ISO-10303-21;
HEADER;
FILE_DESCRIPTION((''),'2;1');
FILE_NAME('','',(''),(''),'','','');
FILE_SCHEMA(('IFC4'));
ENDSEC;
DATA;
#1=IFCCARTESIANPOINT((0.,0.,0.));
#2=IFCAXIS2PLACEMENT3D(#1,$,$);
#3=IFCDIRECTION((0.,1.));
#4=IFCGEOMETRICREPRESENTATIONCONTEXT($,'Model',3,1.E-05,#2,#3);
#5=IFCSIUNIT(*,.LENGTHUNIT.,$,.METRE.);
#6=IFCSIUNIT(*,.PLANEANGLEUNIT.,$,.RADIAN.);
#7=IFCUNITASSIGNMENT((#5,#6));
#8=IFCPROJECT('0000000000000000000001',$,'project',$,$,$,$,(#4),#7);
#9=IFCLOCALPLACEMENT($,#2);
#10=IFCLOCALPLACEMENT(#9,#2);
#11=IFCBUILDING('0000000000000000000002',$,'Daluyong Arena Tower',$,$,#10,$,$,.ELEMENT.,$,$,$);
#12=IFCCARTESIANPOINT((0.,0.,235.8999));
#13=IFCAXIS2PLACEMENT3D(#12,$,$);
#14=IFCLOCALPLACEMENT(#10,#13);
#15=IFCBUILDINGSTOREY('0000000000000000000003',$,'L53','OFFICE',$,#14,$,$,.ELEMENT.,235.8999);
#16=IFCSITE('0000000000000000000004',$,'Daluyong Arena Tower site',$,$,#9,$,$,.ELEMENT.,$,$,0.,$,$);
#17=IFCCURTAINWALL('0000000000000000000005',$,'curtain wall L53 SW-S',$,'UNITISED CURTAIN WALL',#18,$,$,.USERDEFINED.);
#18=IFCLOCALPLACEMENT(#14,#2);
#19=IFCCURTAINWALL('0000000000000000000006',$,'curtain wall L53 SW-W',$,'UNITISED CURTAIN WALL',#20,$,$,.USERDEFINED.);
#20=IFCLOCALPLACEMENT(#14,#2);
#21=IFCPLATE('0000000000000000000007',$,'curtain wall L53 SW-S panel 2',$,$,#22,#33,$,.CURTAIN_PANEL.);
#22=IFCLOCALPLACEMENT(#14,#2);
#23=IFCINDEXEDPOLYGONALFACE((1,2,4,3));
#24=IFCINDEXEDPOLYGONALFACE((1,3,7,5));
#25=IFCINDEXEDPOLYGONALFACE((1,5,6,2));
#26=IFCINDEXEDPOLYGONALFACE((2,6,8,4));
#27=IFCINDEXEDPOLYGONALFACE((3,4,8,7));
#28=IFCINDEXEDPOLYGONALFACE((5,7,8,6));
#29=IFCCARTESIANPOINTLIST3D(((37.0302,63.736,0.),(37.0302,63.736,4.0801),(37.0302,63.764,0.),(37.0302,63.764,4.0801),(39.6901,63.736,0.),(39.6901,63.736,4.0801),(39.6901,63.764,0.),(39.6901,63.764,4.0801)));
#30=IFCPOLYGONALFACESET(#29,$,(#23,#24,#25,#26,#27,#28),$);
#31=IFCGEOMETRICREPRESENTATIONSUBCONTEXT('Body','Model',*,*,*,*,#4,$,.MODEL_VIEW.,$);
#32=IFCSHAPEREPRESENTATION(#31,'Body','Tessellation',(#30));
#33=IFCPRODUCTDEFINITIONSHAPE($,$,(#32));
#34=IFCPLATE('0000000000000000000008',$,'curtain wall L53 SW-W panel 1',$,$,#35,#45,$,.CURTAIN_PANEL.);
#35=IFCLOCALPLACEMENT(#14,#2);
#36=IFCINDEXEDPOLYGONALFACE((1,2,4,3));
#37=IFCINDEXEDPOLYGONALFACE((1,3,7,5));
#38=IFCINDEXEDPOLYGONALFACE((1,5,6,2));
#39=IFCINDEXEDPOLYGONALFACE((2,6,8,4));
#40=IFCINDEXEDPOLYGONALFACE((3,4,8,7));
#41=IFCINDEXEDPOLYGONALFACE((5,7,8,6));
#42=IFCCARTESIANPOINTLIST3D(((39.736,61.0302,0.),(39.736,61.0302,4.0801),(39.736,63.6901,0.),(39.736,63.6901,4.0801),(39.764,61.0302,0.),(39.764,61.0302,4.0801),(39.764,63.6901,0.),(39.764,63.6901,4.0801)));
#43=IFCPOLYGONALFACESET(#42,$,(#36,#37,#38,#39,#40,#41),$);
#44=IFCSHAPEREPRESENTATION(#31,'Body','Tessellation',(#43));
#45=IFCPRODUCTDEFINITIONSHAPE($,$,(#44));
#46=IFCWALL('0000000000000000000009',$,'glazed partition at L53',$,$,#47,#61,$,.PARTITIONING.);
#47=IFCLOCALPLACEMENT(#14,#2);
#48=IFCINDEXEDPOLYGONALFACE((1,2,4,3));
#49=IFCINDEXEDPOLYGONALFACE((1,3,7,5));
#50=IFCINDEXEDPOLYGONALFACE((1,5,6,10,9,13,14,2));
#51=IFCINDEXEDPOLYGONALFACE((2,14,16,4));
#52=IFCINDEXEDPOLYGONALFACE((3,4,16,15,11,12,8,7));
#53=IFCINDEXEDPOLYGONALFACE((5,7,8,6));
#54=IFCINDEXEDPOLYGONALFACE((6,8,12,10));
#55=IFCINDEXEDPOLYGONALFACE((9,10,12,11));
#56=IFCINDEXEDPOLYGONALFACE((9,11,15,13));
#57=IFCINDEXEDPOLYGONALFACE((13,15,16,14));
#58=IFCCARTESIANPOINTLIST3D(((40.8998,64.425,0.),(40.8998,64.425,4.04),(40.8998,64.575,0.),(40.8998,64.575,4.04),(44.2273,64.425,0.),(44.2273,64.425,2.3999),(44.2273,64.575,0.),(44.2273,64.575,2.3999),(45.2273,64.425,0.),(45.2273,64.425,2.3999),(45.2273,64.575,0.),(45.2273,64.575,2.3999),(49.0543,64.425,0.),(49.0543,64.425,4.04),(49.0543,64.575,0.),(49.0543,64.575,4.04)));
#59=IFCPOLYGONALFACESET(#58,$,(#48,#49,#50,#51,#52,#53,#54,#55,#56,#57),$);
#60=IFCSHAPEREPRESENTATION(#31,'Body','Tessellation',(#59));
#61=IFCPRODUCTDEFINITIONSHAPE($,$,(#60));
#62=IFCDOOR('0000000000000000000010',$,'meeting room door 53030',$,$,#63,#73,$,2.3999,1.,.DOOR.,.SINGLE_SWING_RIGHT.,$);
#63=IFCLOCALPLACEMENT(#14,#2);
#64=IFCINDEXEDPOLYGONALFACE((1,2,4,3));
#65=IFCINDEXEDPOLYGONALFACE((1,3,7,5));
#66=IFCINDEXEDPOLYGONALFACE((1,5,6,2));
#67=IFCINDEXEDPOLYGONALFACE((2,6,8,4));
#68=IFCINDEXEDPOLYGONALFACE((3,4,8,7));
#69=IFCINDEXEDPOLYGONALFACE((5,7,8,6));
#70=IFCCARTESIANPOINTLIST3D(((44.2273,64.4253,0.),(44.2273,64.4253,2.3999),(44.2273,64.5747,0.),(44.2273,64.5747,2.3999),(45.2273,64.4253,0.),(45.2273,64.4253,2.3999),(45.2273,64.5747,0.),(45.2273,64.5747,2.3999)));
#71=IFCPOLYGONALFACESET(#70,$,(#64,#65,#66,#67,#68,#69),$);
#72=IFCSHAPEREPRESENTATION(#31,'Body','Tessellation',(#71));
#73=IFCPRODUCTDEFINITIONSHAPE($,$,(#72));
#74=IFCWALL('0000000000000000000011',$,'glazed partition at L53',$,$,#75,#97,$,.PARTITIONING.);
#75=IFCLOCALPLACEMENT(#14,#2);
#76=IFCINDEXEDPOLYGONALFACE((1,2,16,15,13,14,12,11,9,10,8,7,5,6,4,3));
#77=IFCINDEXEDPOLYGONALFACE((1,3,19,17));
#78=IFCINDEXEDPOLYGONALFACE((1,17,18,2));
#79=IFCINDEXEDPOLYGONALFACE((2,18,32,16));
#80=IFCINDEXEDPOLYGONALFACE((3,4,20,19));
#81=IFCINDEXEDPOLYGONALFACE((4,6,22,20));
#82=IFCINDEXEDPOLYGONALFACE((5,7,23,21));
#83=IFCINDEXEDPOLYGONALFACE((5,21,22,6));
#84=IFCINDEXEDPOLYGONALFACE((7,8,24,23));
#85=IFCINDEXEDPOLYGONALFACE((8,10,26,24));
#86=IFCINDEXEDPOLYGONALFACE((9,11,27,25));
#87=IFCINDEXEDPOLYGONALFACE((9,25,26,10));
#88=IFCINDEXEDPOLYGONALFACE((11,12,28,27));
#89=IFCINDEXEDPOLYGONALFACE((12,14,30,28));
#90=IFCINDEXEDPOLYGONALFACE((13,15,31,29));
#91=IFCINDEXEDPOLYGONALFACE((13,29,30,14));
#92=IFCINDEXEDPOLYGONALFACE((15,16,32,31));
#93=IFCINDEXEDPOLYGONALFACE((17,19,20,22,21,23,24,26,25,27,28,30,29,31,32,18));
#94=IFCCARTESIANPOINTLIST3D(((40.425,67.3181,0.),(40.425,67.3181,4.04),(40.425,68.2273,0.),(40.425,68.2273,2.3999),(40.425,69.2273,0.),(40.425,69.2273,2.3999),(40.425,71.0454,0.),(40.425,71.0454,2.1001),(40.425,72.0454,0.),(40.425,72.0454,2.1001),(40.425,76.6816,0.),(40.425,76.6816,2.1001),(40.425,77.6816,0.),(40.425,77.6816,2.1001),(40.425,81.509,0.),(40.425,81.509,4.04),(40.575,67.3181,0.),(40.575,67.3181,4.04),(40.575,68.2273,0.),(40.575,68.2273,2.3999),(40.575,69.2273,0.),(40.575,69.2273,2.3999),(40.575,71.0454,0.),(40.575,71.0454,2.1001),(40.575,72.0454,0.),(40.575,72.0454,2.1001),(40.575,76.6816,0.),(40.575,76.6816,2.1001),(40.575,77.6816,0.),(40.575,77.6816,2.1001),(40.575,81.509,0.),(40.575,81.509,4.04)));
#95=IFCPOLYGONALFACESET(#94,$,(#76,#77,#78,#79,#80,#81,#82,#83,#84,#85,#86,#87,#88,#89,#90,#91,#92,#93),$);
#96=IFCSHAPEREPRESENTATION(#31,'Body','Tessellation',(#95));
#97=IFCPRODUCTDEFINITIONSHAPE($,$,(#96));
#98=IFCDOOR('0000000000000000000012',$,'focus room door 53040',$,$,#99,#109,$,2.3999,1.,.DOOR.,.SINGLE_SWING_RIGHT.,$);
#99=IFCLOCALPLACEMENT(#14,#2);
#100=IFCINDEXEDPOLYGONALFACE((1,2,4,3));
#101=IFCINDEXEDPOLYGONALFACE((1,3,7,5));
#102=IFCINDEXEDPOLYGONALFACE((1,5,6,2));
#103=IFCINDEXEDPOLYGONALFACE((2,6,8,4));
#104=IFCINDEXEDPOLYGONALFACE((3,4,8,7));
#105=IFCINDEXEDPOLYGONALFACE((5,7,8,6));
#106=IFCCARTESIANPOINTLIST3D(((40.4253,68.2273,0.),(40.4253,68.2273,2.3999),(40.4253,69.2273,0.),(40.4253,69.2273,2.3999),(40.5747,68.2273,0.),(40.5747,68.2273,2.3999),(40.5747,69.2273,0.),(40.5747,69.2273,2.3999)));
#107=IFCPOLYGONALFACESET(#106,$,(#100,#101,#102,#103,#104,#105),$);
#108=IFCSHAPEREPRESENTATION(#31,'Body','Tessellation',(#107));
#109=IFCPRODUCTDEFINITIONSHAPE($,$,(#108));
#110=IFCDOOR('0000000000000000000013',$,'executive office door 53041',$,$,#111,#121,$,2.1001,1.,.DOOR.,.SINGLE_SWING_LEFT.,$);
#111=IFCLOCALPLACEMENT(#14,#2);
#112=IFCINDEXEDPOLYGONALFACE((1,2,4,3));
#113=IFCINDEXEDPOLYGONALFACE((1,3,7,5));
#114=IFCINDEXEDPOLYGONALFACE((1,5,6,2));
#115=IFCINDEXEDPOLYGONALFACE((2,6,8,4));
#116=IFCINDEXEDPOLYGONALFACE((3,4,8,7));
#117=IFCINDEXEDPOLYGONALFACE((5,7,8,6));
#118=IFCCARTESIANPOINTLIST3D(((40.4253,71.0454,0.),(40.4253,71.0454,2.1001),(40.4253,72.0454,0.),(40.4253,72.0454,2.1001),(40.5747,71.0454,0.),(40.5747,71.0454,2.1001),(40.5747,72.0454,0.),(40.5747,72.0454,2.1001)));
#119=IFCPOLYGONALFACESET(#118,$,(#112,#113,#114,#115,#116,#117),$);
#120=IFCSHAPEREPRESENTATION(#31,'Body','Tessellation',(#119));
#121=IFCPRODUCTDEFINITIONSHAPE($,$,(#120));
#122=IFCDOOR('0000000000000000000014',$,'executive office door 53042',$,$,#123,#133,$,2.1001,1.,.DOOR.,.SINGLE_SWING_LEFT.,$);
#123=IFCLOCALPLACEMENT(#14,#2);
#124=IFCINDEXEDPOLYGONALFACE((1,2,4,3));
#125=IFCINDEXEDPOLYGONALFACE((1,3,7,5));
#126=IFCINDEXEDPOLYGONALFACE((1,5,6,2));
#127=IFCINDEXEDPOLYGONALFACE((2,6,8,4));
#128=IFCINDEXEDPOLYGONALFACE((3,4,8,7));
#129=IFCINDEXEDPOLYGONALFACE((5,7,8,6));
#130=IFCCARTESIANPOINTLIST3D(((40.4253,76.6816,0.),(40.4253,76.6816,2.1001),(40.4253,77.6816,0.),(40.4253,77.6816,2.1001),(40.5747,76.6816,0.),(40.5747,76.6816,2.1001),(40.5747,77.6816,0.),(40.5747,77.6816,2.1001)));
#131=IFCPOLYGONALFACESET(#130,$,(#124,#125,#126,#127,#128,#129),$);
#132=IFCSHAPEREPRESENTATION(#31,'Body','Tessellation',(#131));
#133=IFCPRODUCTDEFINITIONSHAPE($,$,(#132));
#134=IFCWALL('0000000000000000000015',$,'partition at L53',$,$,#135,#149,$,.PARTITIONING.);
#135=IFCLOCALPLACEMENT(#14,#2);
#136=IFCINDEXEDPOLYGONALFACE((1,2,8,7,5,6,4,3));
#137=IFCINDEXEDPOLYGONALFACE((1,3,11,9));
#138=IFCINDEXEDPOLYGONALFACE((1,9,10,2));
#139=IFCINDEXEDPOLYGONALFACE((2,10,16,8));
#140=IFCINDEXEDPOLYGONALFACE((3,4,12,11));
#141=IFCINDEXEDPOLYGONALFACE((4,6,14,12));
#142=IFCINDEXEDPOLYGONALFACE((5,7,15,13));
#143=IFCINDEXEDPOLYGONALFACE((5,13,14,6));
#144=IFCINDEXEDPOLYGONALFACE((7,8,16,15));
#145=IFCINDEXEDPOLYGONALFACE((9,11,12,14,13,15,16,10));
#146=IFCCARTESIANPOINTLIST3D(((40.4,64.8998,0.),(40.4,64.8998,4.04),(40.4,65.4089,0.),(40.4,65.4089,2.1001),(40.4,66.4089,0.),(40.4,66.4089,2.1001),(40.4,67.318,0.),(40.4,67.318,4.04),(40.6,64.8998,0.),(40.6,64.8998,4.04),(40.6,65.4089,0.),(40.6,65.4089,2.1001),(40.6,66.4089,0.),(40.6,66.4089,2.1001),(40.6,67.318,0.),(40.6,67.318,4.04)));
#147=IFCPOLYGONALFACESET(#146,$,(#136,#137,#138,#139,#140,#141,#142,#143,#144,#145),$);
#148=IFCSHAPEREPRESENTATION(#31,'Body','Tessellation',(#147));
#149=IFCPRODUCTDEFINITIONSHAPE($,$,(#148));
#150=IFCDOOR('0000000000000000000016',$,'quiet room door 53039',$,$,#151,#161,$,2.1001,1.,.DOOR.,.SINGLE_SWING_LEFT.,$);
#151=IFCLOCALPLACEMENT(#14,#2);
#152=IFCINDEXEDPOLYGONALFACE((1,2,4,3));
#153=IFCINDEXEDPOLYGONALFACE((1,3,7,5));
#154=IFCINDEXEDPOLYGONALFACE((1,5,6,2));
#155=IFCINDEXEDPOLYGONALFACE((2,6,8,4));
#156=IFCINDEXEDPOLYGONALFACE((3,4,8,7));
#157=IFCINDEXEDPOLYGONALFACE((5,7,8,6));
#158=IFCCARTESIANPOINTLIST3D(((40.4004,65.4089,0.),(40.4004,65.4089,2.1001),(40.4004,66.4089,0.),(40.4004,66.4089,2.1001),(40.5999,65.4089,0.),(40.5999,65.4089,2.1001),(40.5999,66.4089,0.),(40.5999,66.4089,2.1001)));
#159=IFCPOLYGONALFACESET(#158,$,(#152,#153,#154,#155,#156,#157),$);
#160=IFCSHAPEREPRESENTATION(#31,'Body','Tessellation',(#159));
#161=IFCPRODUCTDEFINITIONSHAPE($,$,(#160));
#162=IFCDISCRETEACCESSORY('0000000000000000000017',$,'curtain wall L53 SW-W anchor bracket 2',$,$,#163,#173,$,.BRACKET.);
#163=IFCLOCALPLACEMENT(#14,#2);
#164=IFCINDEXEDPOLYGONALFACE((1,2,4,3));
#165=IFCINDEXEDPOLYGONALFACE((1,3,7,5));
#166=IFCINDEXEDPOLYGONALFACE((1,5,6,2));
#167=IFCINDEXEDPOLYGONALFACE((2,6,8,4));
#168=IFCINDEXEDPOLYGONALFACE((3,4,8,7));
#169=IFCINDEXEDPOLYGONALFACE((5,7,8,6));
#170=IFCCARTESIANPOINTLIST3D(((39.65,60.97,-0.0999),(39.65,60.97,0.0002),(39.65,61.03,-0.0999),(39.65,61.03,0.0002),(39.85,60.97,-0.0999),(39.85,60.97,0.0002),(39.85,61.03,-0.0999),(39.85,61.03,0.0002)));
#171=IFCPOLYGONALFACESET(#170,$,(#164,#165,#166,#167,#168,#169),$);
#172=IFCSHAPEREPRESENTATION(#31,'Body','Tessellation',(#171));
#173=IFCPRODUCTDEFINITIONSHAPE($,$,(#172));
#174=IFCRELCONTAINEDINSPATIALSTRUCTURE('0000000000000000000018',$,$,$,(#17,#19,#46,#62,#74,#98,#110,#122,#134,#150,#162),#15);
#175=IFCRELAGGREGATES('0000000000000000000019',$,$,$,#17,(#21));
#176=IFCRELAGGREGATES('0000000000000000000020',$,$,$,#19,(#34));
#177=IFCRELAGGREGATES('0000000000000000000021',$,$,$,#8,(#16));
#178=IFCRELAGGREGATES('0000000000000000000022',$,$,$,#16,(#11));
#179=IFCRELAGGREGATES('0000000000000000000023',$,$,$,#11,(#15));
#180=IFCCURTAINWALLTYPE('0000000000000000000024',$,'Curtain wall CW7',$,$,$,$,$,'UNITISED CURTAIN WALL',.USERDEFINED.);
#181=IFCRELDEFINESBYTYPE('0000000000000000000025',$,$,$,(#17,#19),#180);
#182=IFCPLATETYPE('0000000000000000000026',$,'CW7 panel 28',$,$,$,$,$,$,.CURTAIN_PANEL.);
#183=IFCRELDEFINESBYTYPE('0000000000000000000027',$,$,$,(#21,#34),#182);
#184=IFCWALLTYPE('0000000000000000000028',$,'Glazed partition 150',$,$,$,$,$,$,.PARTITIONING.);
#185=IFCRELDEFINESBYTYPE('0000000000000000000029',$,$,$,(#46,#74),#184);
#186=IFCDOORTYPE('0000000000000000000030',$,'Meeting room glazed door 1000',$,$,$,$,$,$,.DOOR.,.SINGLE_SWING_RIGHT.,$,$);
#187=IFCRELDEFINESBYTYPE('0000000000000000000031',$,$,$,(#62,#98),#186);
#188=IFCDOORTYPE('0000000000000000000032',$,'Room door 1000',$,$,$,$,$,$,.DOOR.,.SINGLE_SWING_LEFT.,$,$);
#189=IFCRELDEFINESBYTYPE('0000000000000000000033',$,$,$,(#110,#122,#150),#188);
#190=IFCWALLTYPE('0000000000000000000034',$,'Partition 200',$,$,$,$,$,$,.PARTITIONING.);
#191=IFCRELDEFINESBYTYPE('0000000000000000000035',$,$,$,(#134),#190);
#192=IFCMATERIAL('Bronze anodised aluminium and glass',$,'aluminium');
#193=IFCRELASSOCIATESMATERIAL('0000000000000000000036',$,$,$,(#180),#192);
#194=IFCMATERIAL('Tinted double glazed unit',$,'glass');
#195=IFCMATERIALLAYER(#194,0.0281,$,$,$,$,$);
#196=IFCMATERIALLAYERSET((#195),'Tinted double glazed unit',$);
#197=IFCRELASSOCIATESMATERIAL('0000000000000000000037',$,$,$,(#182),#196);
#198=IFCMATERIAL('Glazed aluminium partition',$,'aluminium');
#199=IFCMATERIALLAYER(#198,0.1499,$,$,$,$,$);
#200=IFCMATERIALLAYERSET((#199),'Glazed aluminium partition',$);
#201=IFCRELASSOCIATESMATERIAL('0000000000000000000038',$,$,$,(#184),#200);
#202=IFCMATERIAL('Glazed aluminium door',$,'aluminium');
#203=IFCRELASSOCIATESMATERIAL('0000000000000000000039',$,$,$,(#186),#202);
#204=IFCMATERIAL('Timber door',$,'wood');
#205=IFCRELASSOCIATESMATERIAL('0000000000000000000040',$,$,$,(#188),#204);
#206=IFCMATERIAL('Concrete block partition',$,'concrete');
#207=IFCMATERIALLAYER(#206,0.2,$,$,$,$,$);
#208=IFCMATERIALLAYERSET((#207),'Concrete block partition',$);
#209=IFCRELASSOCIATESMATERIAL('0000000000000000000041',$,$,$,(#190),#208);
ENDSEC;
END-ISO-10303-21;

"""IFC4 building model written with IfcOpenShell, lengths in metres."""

from ifc_helpers import new_model, si_unit, direction, frame, frame_2d, origin, origin_2d, place, context, subcontext, project, spatial, rectangle, extrude, material, layer, layer_set, type_object, element, fill, aggregate, save


model = new_model("IFC4")

# Units and contexts
model_context = context("Model", 3, precision=1e-05, world=origin(), true_north=direction((0.0, 1.0)))
body_context = subcontext(model_context, "Body", "Model", "MODEL_VIEW")
ifc_project = project(units=[si_unit("LENGTHUNIT", "METRE"), si_unit("PLANEANGLEUNIT", "RADIAN")], contexts=[model_context])

# Site, building, storey
site_placement = place(None, origin())
site = spatial("IfcSite", under=ifc_project, at=site_placement, Name="Daluyong Arena Tower site", CompositionType="ELEMENT", RefElevation=0.0)
building_placement = place(site_placement, origin())
building = spatial("IfcBuilding", under=site, at=building_placement, Name="Daluyong Arena Tower", CompositionType="ELEMENT")
storey_placement = place(building_placement, frame((0.0, 0.0, 235.8999)))
storey = spatial("IfcBuildingStorey", under=building, at=storey_placement, Name="L53", Description="OFFICE", CompositionType="ELEMENT", Elevation=235.8999)

# Curtain walls
ifc_material_1 = material(Name="Bronze anodised aluminium and glass", Category="aluminium")
curtain_wall_type = type_object("IfcCurtainWallType", Name="Curtain wall CW7", ElementType="UNITISED CURTAIN WALL", PredefinedType="USERDEFINED", material=ifc_material_1)
curtain_wall_1_placement = place(storey_placement, origin())
curtain_wall_1 = element("IfcCurtainWall", 1, at=curtain_wall_1_placement, inside=storey, type_object=curtain_wall_type, Name="curtain wall L53 SW-S", ObjectType="UNITISED CURTAIN WALL", PredefinedType="USERDEFINED")
curtain_wall_2_placement = place(storey_placement, origin())
curtain_wall_2 = element("IfcCurtainWall", 2, at=curtain_wall_2_placement, inside=storey, type_object=curtain_wall_type, Name="curtain wall L53 SW-W", ObjectType="UNITISED CURTAIN WALL", PredefinedType="USERDEFINED")

# Plates
ifc_material_2 = material(Name="Tinted double glazed unit", Category="glass")
ifc_layer_1 = layer(ifc_material_2, 0.0281)
ifc_layer_set_1 = layer_set([ifc_layer_1], Name="Tinted double glazed unit")
plate_type = type_object("IfcPlateType", Name="CW7 panel 28", PredefinedType="CURTAIN_PANEL", material=ifc_layer_set_1)
plate_1_placement = place(storey_placement, frame((38.3601, 63.75, 0.0), z_axis=(0.0, 0.0, 1.0), x_axis=(1.0, 0.0, 0.0)))
plate_1 = element("IfcPlate", 3, at=plate_1_placement, type_object=plate_type, Name="curtain wall L53 SW-S panel 2", PredefinedType="CURTAIN_PANEL", context=body_context, shape_type="SweptSolid", body=[
    extrude(rectangle(XDim=2.6599, YDim=0.0281, at=origin_2d()), origin(), (0.0, 0.0, 1.0), 4.0801),
])
aggregate(curtain_wall_1, [plate_1])
plate_2_placement = place(storey_placement, frame((39.75, 62.3601, 0.0), z_axis=(0.0, 0.0, 1.0), x_axis=(0.0, -1.0, 0.0)))
plate_2 = element("IfcPlate", 4, at=plate_2_placement, type_object=plate_type, Name="curtain wall L53 SW-W panel 1", PredefinedType="CURTAIN_PANEL", context=body_context, shape_type="SweptSolid", body=[
    extrude(rectangle(XDim=2.6599, YDim=0.0281, at=origin_2d()), origin(), (0.0, 0.0, 1.0), 4.0801),
])
aggregate(curtain_wall_2, [plate_2])

# Wall, opening, door
ifc_material_3 = material(Name="Glazed aluminium partition", Category="aluminium")
ifc_layer_2 = layer(ifc_material_3, 0.1499)
ifc_layer_set_2 = layer_set([ifc_layer_2], Name="Glazed aluminium partition")
wall_type_1 = type_object("IfcWallType", Name="Glazed partition 150", PredefinedType="PARTITIONING", material=ifc_layer_set_2)
wall_1_placement = place(storey_placement, frame((40.8999, 64.5, 0.0), z_axis=(0.0, 0.0, 1.0), x_axis=(1.0, 0.0, 0.0)))
wall_1 = element("IfcWall", 5, at=wall_1_placement, inside=storey, type_object=wall_type_1, Name="glazed partition at L53", PredefinedType="PARTITIONING", context=body_context, shape_type="SweptSolid", body=[
    extrude(rectangle(XDim=8.1545, YDim=0.1499, at=frame_2d((4.0771, 0.0))), origin(), (0.0, 0.0, 1.0), 4.04),
])
opening_1_placement = place(wall_1_placement, frame((3.3274, 0.0, 0.0)))
opening_1 = element("IfcOpeningElement", 6, at=opening_1_placement, cuts=wall_1, PredefinedType="OPENING", context=body_context, shape_type="SweptSolid", body=[
    extrude(rectangle(XDim=1.0, YDim=2.3999, at=frame_2d((0.5, 1.2))), frame((0.0, 0.085, 0.0), z_axis=(0.0, -1.0, 0.0), x_axis=(1.0, 0.0, 0.0)), (0.0, 0.0, 1.0), 0.1699),
])
ifc_material_4 = material(Name="Glazed aluminium door", Category="aluminium")
door_type_1 = type_object("IfcDoorType", Name="Meeting room glazed door 1000", OperationType="SINGLE_SWING_RIGHT", PredefinedType="DOOR", material=ifc_material_4)
door_1_placement = place(opening_1_placement, origin())
door_1 = element("IfcDoor", 7, at=door_1_placement, inside=storey, type_object=door_type_1, Name="meeting room door 53030", OperationType="SINGLE_SWING_RIGHT", OverallHeight=2.3999, OverallWidth=1.0, PredefinedType="DOOR", context=body_context, shape_type="SweptSolid", body=[
    extrude(rectangle(XDim=1.0, YDim=2.3999, at=frame_2d((0.5, 1.2))), frame((0.0, 0.0747, 0.0), z_axis=(0.0, -1.0, 0.0), x_axis=(1.0, 0.0, 0.0)), (0.0, 0.0, 1.0), 0.1494),
])
fill(opening_1, door_1)

# Wall, openings, doors
wall_2_placement = place(storey_placement, frame((40.5, 67.3181, 0.0), z_axis=(0.0, 0.0, 1.0), x_axis=(0.0, 1.0, 0.0)))
wall_2 = element("IfcWall", 8, at=wall_2_placement, inside=storey, type_object=wall_type_1, Name="glazed partition at L53", PredefinedType="PARTITIONING", context=body_context, shape_type="SweptSolid", body=[
    extrude(rectangle(XDim=14.1909, YDim=0.1499, at=frame_2d((7.0955, 0.0))), origin(), (0.0, 0.0, 1.0), 4.04),
])
opening_2_placement = place(wall_2_placement, frame((0.9092, 0.0, 0.0)))
opening_2 = element("IfcOpeningElement", 9, at=opening_2_placement, cuts=wall_2, PredefinedType="OPENING", context=body_context, shape_type="SweptSolid", body=[
    extrude(rectangle(XDim=1.0, YDim=2.3999, at=frame_2d((0.5, 1.2))), frame((0.0, 0.085, 0.0), z_axis=(0.0, -1.0, 0.0), x_axis=(1.0, 0.0, 0.0)), (0.0, 0.0, 1.0), 0.1699),
])
opening_3_placement = place(wall_2_placement, frame((3.7273, 0.0, 0.0)))
opening_3 = element("IfcOpeningElement", 10, at=opening_3_placement, cuts=wall_2, PredefinedType="OPENING", context=body_context, shape_type="SweptSolid", body=[
    extrude(rectangle(XDim=1.0, YDim=2.1001, at=frame_2d((0.5, 1.05))), frame((0.0, 0.085, 0.0), z_axis=(0.0, -1.0, 0.0), x_axis=(1.0, 0.0, 0.0)), (0.0, 0.0, 1.0), 0.1699),
])
opening_4_placement = place(wall_2_placement, frame((9.3635, 0.0, 0.0)))
opening_4 = element("IfcOpeningElement", 11, at=opening_4_placement, cuts=wall_2, PredefinedType="OPENING", context=body_context, shape_type="SweptSolid", body=[
    extrude(rectangle(XDim=1.0, YDim=2.1001, at=frame_2d((0.5, 1.05))), frame((0.0, 0.085, 0.0), z_axis=(0.0, -1.0, 0.0), x_axis=(1.0, 0.0, 0.0)), (0.0, 0.0, 1.0), 0.1699),
])
door_2_placement = place(opening_2_placement, origin())
door_2 = element("IfcDoor", 12, at=door_2_placement, inside=storey, type_object=door_type_1, Name="focus room door 53040", OperationType="SINGLE_SWING_RIGHT", OverallHeight=2.3999, OverallWidth=1.0, PredefinedType="DOOR", context=body_context, shape_type="SweptSolid", body=[
    extrude(rectangle(XDim=1.0, YDim=2.3999, at=frame_2d((0.5, 1.2))), frame((0.0, 0.0747, 0.0), z_axis=(0.0, -1.0, 0.0), x_axis=(1.0, 0.0, 0.0)), (0.0, 0.0, 1.0), 0.1494),
])
fill(opening_2, door_2)
ifc_material_5 = material(Name="Timber door", Category="wood")
door_type_2 = type_object("IfcDoorType", Name="Room door 1000", OperationType="SINGLE_SWING_LEFT", PredefinedType="DOOR", material=ifc_material_5)
door_3_placement = place(opening_3_placement, origin())
door_3 = element("IfcDoor", 13, at=door_3_placement, inside=storey, type_object=door_type_2, Name="executive office door 53041", OperationType="SINGLE_SWING_LEFT", OverallHeight=2.1001, OverallWidth=1.0, PredefinedType="DOOR", context=body_context, shape_type="SweptSolid", body=[
    extrude(rectangle(XDim=1.0, YDim=2.1001, at=frame_2d((0.5, 1.05))), frame((0.0, 0.0747, 0.0), z_axis=(0.0, -1.0, 0.0), x_axis=(1.0, 0.0, 0.0)), (0.0, 0.0, 1.0), 0.1494),
])
fill(opening_3, door_3)
door_4_placement = place(opening_4_placement, origin())
door_4 = element("IfcDoor", 14, at=door_4_placement, inside=storey, type_object=door_type_2, Name="executive office door 53042", OperationType="SINGLE_SWING_LEFT", OverallHeight=2.1001, OverallWidth=1.0, PredefinedType="DOOR", context=body_context, shape_type="SweptSolid", body=[
    extrude(rectangle(XDim=1.0, YDim=2.1001, at=frame_2d((0.5, 1.05))), frame((0.0, 0.0747, 0.0), z_axis=(0.0, -1.0, 0.0), x_axis=(1.0, 0.0, 0.0)), (0.0, 0.0, 1.0), 0.1494),
])
fill(opening_4, door_4)

# Wall, opening, door
ifc_material_6 = material(Name="Concrete block partition", Category="concrete")
ifc_layer_3 = layer(ifc_material_6, 0.2)
ifc_layer_set_3 = layer_set([ifc_layer_3], Name="Concrete block partition")
wall_type_2 = type_object("IfcWallType", Name="Partition 200", PredefinedType="PARTITIONING", material=ifc_layer_set_3)
wall_3_placement = place(storey_placement, frame((40.5, 64.8999, 0.0), z_axis=(0.0, 0.0, 1.0), x_axis=(0.0, 1.0, 0.0)))
wall_3 = element("IfcWall", 15, at=wall_3_placement, inside=storey, type_object=wall_type_2, Name="partition at L53", PredefinedType="PARTITIONING", context=body_context, shape_type="SweptSolid", body=[
    extrude(rectangle(XDim=2.4182, YDim=0.2, at=frame_2d((1.209, 0.0))), origin(), (0.0, 0.0, 1.0), 4.04),
])
opening_5_placement = place(wall_3_placement, frame((0.509, 0.0, 0.0)))
opening_5 = element("IfcOpeningElement", 16, at=opening_5_placement, cuts=wall_3, PredefinedType="OPENING", context=body_context, shape_type="SweptSolid", body=[
    extrude(rectangle(XDim=1.0, YDim=2.1001, at=frame_2d((0.5, 1.05))), frame((0.0, 0.1099, 0.0), z_axis=(0.0, -1.0, 0.0), x_axis=(1.0, 0.0, 0.0)), (0.0, 0.0, 1.0), 0.22),
])
door_5_placement = place(opening_5_placement, origin())
door_5 = element("IfcDoor", 17, at=door_5_placement, inside=storey, type_object=door_type_2, Name="quiet room door 53039", OperationType="SINGLE_SWING_LEFT", OverallHeight=2.1001, OverallWidth=1.0, PredefinedType="DOOR", context=body_context, shape_type="SweptSolid", body=[
    extrude(rectangle(XDim=1.0, YDim=2.1001, at=frame_2d((0.5, 1.05))), frame((0.0, 0.0996, 0.0), z_axis=(0.0, -1.0, 0.0), x_axis=(1.0, 0.0, 0.0)), (0.0, 0.0, 1.0), 0.1995),
])
fill(opening_5, door_5)

# Discrete accessory
discrete_accessory_placement = place(storey_placement, frame((39.75, 61.0, -0.0999), z_axis=(0.0, 0.0, 1.0), x_axis=(0.0, -1.0, 0.0)))
element("IfcDiscreteAccessory", 18, at=discrete_accessory_placement, inside=storey, Name="curtain wall L53 SW-W anchor bracket 2", PredefinedType="BRACKET", context=body_context, shape_type="SweptSolid", body=[
    extrude(rectangle(XDim=0.0601, YDim=0.2, at=origin_2d()), origin(), (0.0, 0.0, 1.0), 0.1001),
])

save(model, "model.ifc")
